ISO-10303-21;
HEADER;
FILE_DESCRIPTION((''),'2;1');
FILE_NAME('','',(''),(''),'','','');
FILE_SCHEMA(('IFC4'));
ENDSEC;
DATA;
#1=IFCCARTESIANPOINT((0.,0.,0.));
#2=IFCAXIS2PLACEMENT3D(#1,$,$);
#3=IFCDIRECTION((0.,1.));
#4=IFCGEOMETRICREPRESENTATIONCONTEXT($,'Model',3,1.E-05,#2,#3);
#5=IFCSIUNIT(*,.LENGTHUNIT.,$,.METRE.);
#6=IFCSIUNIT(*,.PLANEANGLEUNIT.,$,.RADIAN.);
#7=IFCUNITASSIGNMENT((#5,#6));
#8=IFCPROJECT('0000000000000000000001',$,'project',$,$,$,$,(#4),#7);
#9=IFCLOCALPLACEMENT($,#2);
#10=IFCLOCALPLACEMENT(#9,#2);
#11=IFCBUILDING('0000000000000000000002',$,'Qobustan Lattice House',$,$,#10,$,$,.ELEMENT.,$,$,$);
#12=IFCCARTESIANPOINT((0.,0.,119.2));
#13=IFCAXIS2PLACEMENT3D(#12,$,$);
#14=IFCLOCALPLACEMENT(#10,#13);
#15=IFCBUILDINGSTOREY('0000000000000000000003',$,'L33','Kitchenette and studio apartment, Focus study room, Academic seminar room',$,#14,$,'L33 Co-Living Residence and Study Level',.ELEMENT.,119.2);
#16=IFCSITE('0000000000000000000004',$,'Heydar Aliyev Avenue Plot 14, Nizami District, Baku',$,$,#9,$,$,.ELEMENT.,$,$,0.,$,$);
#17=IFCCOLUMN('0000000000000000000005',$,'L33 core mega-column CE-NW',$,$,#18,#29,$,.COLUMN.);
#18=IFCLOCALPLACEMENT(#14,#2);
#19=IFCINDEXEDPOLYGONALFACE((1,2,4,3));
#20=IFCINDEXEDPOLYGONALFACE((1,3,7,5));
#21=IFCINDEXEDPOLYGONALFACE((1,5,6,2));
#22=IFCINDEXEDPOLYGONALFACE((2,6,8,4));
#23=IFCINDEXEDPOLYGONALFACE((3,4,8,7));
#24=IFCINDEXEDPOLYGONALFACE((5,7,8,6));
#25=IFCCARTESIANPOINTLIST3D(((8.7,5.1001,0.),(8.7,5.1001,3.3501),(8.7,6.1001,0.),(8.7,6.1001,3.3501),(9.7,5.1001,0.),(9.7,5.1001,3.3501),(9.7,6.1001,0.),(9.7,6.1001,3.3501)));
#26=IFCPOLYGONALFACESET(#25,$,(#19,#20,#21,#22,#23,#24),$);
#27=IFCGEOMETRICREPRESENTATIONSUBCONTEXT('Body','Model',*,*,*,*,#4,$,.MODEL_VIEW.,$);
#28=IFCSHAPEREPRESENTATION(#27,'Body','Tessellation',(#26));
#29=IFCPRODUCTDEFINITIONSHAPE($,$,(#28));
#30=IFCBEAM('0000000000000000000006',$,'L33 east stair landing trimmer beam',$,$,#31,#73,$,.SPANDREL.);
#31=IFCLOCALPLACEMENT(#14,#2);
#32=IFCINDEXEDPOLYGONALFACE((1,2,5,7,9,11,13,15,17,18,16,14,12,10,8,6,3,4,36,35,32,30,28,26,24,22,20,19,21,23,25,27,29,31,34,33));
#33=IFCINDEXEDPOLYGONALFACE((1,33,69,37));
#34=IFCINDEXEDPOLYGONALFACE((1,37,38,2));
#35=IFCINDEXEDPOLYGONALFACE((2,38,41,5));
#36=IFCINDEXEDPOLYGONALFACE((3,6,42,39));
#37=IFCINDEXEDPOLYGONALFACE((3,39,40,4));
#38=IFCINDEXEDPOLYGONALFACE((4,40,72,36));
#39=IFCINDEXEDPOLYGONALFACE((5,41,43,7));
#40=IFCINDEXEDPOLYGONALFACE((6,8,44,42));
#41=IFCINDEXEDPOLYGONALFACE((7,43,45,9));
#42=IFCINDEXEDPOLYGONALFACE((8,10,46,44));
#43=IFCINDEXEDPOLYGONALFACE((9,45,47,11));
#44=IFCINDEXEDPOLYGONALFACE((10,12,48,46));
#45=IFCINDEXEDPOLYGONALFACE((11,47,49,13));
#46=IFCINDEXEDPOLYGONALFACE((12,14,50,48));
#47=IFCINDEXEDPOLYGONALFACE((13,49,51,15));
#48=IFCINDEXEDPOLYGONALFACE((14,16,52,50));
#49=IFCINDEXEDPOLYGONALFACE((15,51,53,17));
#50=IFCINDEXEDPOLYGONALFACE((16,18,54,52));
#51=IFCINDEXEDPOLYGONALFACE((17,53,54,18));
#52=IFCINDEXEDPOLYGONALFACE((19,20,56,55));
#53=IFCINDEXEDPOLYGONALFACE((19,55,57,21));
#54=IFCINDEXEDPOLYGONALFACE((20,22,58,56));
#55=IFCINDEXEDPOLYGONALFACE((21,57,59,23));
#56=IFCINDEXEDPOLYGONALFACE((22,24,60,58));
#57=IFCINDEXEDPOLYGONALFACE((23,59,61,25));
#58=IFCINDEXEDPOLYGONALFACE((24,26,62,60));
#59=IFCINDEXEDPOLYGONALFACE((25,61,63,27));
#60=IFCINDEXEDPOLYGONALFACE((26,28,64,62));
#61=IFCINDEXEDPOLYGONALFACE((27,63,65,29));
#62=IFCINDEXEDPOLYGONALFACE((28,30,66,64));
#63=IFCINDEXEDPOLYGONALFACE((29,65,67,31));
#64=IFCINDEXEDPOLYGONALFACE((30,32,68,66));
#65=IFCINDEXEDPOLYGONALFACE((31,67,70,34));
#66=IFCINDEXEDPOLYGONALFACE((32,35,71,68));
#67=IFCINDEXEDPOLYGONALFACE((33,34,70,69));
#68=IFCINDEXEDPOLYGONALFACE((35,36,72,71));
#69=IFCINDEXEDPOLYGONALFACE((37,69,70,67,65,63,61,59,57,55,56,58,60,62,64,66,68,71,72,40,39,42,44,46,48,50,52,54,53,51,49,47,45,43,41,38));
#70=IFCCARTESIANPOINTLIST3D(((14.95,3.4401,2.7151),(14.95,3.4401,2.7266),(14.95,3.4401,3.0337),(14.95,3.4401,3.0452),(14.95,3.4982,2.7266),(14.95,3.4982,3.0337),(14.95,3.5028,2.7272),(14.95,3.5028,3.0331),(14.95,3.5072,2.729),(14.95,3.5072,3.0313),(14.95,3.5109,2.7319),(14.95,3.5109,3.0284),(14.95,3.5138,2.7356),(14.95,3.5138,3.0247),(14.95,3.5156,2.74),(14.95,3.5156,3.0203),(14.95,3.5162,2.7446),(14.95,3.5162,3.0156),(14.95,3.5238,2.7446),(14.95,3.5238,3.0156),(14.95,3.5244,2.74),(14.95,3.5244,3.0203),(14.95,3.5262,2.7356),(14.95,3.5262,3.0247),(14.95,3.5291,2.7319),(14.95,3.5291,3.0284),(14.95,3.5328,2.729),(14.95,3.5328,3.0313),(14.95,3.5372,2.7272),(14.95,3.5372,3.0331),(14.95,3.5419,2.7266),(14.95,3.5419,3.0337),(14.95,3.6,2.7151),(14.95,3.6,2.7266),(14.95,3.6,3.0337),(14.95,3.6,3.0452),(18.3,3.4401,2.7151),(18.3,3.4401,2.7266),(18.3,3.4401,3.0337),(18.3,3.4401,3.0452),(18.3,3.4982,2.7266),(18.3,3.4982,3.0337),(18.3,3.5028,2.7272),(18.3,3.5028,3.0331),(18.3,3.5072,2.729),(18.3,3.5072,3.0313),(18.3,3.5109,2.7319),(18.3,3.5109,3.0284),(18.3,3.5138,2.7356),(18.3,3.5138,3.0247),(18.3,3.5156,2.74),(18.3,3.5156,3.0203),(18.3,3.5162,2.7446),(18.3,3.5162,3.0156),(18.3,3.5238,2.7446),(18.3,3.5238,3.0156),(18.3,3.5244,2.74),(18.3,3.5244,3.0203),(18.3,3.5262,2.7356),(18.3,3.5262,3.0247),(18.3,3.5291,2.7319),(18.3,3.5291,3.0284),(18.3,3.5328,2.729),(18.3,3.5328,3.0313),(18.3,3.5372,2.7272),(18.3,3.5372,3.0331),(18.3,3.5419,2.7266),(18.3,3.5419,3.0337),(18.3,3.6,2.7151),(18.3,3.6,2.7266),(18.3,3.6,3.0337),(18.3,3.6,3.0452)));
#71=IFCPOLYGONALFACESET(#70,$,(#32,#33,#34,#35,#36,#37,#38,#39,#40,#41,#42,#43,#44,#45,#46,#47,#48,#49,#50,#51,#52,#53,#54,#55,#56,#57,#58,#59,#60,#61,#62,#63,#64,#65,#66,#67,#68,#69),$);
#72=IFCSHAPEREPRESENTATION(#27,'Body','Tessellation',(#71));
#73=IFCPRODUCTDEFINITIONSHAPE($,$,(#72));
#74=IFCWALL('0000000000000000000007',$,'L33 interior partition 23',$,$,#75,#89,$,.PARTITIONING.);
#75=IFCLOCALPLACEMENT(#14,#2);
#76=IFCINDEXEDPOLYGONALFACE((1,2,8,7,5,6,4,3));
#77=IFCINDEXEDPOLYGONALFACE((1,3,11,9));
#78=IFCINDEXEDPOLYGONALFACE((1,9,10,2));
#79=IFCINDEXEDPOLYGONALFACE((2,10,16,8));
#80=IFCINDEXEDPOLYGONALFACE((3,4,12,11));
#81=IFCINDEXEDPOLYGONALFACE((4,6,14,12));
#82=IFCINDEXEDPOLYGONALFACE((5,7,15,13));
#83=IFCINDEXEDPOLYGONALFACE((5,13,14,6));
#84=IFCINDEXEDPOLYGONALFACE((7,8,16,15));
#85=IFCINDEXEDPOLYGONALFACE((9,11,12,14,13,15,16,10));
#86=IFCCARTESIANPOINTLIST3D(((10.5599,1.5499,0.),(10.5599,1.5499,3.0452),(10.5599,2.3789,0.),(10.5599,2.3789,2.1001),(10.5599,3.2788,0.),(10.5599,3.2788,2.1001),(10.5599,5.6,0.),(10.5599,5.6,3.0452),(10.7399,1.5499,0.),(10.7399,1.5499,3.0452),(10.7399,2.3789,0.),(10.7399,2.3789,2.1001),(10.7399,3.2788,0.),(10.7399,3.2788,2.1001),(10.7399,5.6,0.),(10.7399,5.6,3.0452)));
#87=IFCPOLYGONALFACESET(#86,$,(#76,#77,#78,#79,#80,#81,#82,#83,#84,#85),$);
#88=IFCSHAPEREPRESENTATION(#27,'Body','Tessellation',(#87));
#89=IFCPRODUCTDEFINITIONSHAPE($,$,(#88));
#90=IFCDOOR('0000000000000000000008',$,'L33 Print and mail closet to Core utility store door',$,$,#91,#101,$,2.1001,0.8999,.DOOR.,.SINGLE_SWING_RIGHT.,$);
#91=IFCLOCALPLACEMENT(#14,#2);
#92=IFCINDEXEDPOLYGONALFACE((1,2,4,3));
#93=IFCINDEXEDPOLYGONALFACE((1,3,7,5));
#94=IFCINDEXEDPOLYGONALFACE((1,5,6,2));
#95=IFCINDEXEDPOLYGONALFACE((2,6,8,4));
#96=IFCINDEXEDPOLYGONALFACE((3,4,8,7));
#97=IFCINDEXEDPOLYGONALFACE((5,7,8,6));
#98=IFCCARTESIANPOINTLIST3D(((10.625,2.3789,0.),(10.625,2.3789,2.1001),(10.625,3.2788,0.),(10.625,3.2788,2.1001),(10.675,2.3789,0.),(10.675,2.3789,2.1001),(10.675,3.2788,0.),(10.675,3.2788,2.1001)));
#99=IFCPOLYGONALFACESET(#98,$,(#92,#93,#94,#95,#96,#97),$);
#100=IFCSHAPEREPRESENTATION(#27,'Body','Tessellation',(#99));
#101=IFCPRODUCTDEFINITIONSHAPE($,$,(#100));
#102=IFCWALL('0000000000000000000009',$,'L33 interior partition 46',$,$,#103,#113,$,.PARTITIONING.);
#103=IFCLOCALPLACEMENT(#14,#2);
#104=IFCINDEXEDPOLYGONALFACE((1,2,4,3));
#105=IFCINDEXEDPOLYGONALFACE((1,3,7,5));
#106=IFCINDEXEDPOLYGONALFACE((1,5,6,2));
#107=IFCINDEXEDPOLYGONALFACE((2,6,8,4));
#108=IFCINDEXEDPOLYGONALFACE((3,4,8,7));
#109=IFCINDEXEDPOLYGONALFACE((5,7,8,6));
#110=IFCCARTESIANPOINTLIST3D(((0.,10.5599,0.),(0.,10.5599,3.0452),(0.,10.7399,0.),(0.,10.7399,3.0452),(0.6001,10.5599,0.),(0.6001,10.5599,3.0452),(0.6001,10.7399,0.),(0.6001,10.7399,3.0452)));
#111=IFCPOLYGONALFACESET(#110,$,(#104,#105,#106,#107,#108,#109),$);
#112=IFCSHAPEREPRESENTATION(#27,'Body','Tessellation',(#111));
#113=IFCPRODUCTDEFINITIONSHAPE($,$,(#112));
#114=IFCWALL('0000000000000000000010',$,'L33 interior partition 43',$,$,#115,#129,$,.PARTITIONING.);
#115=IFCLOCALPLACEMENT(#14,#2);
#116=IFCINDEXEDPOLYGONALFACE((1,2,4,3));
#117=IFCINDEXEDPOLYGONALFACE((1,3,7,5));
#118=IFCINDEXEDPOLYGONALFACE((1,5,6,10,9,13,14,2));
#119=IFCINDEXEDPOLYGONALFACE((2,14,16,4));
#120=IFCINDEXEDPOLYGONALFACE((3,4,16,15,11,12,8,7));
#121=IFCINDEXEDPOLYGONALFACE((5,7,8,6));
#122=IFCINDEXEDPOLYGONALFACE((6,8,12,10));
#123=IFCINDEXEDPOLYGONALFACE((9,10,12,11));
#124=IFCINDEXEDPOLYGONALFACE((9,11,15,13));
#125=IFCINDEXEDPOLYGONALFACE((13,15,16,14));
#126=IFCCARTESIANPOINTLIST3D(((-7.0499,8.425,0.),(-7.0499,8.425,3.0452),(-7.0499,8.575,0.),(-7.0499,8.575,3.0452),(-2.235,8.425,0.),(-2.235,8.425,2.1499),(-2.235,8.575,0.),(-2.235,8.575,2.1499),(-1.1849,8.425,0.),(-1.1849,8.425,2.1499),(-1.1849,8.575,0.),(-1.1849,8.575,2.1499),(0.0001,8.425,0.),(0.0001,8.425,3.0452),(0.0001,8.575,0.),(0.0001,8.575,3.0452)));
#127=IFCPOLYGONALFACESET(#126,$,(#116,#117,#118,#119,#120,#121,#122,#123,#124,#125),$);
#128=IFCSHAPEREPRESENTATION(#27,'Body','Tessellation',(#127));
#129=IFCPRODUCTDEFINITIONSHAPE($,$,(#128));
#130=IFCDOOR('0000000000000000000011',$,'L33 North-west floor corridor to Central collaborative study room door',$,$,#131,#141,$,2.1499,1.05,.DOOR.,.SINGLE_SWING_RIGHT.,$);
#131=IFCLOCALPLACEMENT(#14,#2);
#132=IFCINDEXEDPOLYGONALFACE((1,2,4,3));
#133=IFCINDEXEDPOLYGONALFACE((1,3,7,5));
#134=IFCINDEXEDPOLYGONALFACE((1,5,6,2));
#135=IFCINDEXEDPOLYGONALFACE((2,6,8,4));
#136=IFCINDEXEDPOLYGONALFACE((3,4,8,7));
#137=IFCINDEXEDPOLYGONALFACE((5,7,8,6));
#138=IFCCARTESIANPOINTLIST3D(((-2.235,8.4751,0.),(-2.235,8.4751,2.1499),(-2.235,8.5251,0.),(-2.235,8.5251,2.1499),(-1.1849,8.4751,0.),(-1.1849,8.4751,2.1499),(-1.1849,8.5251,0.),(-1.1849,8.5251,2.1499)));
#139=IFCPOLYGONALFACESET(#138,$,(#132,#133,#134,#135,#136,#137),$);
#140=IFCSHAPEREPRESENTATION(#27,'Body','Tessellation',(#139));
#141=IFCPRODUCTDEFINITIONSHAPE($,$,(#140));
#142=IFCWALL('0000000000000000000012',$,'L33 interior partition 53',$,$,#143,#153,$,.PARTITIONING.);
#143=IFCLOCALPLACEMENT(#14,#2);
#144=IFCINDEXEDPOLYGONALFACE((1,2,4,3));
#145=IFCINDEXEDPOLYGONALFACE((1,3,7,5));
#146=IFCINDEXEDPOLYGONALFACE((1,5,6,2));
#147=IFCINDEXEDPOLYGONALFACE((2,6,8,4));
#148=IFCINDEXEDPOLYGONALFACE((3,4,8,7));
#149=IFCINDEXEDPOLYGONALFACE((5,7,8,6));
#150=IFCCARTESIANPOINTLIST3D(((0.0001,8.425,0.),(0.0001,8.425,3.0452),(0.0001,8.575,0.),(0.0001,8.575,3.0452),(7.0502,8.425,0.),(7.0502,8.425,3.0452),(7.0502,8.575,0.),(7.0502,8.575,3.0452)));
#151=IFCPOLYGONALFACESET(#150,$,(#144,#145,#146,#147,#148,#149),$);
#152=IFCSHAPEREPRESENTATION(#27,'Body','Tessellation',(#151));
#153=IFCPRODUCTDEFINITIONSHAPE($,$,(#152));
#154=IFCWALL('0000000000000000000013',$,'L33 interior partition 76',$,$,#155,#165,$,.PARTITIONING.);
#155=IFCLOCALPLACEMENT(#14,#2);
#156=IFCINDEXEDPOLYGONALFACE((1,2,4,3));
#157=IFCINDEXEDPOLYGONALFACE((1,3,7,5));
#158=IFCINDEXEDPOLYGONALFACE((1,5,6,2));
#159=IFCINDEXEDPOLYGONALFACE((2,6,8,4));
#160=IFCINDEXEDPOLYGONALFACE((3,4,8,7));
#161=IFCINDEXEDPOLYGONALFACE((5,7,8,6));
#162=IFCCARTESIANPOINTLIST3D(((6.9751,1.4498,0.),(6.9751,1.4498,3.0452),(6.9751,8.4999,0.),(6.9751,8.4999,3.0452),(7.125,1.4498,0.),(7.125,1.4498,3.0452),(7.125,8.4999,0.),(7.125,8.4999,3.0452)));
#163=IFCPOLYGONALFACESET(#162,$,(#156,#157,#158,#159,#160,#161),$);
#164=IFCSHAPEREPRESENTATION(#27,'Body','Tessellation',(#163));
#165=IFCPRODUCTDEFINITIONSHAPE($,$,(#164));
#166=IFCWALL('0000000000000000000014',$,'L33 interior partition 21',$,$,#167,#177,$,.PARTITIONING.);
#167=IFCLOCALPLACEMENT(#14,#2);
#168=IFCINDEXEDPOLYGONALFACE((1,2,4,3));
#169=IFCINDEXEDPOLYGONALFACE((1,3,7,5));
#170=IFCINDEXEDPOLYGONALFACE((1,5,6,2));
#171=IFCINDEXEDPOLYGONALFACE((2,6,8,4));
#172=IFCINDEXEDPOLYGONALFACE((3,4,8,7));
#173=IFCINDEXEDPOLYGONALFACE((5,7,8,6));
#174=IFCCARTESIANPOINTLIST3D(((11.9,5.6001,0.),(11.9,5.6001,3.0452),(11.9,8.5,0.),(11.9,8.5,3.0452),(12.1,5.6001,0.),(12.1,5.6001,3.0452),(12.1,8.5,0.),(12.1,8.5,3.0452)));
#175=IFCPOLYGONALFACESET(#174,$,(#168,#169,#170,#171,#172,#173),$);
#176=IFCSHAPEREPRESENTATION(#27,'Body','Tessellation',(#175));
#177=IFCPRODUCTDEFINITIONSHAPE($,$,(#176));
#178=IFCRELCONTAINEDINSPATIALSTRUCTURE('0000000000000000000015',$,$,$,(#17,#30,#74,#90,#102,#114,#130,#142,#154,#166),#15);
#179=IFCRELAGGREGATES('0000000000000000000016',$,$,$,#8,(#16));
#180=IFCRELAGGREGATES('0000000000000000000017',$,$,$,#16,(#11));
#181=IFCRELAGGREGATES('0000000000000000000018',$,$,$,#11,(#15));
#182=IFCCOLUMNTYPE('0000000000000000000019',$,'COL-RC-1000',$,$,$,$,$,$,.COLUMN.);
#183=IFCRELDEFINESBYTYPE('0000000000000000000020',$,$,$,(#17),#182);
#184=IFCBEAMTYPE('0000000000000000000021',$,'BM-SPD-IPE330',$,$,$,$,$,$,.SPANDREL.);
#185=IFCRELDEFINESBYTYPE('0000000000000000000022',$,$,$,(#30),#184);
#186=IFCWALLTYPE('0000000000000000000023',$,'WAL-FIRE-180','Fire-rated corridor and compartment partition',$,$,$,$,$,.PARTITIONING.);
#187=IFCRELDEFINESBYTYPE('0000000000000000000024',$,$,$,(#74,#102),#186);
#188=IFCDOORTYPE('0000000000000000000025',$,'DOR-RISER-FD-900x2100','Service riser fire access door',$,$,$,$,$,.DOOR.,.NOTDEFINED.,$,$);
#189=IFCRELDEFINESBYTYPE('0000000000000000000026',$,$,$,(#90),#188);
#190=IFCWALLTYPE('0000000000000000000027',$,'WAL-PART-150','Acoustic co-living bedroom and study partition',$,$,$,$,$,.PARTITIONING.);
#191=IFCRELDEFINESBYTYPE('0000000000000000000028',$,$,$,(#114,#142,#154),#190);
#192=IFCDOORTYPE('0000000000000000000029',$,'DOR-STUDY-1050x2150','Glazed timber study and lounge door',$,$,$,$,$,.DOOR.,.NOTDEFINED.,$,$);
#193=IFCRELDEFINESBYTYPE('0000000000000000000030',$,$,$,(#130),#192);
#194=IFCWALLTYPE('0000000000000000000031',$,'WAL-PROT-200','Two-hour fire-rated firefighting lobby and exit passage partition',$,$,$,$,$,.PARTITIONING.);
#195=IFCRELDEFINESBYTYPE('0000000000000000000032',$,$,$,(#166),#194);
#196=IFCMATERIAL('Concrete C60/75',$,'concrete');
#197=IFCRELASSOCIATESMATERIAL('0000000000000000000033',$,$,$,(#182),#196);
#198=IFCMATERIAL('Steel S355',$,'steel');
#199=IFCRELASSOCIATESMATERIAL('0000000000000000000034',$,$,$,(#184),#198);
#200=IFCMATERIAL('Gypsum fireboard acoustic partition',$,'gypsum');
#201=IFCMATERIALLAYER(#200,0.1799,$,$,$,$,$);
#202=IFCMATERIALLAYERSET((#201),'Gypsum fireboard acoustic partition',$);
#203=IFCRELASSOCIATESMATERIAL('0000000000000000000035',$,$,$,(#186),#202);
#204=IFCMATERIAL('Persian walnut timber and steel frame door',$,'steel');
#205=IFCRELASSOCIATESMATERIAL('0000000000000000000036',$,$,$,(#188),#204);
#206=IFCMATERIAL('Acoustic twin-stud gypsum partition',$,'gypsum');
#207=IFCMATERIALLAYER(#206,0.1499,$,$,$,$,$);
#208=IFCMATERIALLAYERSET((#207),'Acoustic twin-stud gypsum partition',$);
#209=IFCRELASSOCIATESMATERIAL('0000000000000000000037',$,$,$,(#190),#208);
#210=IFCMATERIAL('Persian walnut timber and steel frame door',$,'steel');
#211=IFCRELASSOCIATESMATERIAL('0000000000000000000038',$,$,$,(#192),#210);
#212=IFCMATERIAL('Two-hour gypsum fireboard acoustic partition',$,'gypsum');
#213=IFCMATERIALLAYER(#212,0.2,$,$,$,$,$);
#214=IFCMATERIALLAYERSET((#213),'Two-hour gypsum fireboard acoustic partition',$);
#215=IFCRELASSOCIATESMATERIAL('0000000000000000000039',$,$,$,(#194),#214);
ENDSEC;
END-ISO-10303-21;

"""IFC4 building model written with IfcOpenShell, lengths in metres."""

from ifc_helpers import new_model, si_unit, direction, frame, frame_2d, origin, origin_2d, place, context, subcontext, project, spatial, rectangle, i_section, extrude, material, layer, layer_set, material_profile, profile_set, type_object, element, fill, save


model = new_model("IFC4")

# Units and contexts
model_context = context("Model", 3, precision=1e-05, world=origin(), true_north=direction((0.0, 1.0)))
body_context = subcontext(model_context, "Body", "Model", "MODEL_VIEW")
ifc_project = project(units=[si_unit("LENGTHUNIT", "METRE"), si_unit("PLANEANGLEUNIT", "RADIAN")], contexts=[model_context])

# Site, building, storey
site_placement = place(None, origin())
site = spatial("IfcSite", under=ifc_project, at=site_placement, Name="Heydar Aliyev Avenue Plot 14, Nizami District, Baku", CompositionType="ELEMENT", RefElevation=0.0)
building_placement = place(site_placement, origin())
building = spatial("IfcBuilding", under=site, at=building_placement, Name="Qobustan Lattice House", CompositionType="ELEMENT")
storey_placement = place(building_placement, frame((0.0, 0.0, 119.2)))
storey = spatial("IfcBuildingStorey", under=building, at=storey_placement, Name="L33", Description="Kitchenette and studio apartment, Focus study room, Academic seminar room", LongName="L33 Co-Living Residence and Study Level", CompositionType="ELEMENT", Elevation=119.2)

# Column
ifc_material_1 = material(Name="Concrete C60/75", Category="concrete")
ifc_material_profile_1 = material_profile(ifc_material_1, rectangle(XDim=1.0, YDim=1.0, at=origin_2d()), Name="RC1000x1000")
ifc_profile_set_1 = profile_set([ifc_material_profile_1], Name="Concrete C60/75")
column_type = type_object("IfcColumnType", Name="COL-RC-1000", PredefinedType="COLUMN", material=ifc_profile_set_1)
column_placement = place(storey_placement, frame((9.2, 5.6001, 0.0), z_axis=(0.0, 0.0, 1.0), x_axis=(1.0, 0.0, 0.0)))
element("IfcColumn", 1, at=column_placement, inside=storey, type_object=column_type, Name="L33 core mega-column CE-NW", PredefinedType="COLUMN", context=body_context, shape_type="SweptSolid", body=[
    extrude(rectangle(XDim=1.0, YDim=1.0, at=origin_2d()), origin(), (0.0, 0.0, 1.0), 3.3501),
])

# Beam
ifc_material_2 = material(Name="Steel S355", Category="steel")
ifc_material_profile_2 = material_profile(ifc_material_2, i_section(OverallWidth=0.1599, OverallDepth=0.3301, WebThickness=0.0076, FlangeThickness=0.0115, FilletRadius=0.0181, at=origin_2d()), Name="IPE330")
ifc_profile_set_2 = profile_set([ifc_material_profile_2], Name="Steel S355")
beam_type = type_object("IfcBeamType", Name="BM-SPD-IPE330", PredefinedType="SPANDREL", material=ifc_profile_set_2)
beam_placement = place(storey_placement, frame((14.95, 3.52, 2.8801), z_axis=(1.0, 0.0, 0.0), x_axis=(0.0, 1.0, 0.0)))
element("IfcBeam", 2, at=beam_placement, inside=storey, type_object=beam_type, Name="L33 east stair landing trimmer beam", PredefinedType="SPANDREL", context=body_context, shape_type="SweptSolid", body=[
    extrude(i_section(OverallWidth=0.1599, OverallDepth=0.3301, WebThickness=0.0076, FlangeThickness=0.0115, FilletRadius=0.0181, at=origin_2d()), origin(), (0.0, 0.0, 1.0), 3.3501),
])

# Wall, opening, door
ifc_material_3 = material(Name="Gypsum fireboard acoustic partition", Category="gypsum")
ifc_layer_1 = layer(ifc_material_3, 0.1799)
ifc_layer_set_1 = layer_set([ifc_layer_1], Name="Gypsum fireboard acoustic partition")
wall_type_1 = type_object("IfcWallType", Name="WAL-FIRE-180", Description="Fire-rated corridor and compartment partition", PredefinedType="PARTITIONING", material=ifc_layer_set_1)
wall_1_placement = place(storey_placement, frame((10.6499, 1.55, 0.0), z_axis=(0.0, 0.0, 1.0), x_axis=(0.0, 1.0, 0.0)))
wall_1 = element("IfcWall", 3, at=wall_1_placement, inside=storey, type_object=wall_type_1, Name="L33 interior partition 23", PredefinedType="PARTITIONING", context=body_context, shape_type="SweptSolid", body=[
    extrude(rectangle(XDim=4.05, YDim=0.1799, at=frame_2d((2.0249, 0.0))), origin(), (0.0, 0.0, 1.0), 3.0452),
])
opening_1_placement = place(wall_1_placement, frame((0.8289, 0.0, 0.0)))
opening_1 = element("IfcOpeningElement", 4, at=opening_1_placement, cuts=wall_1, PredefinedType="OPENING", context=body_context, shape_type="SweptSolid", body=[
    extrude(rectangle(XDim=0.8999, YDim=2.1001, at=frame_2d((0.45, 1.05))), frame((0.0, 0.0999, 0.0), z_axis=(0.0, -1.0, 0.0), x_axis=(1.0, 0.0, 0.0)), (0.0, 0.0, 1.0), 0.2),
])
ifc_material_4 = material(Name="Persian walnut timber and steel frame door", Category="steel")
door_type_1 = type_object("IfcDoorType", Name="DOR-RISER-FD-900x2100", Description="Service riser fire access door", OperationType="NOTDEFINED", PredefinedType="DOOR", material=ifc_material_4)
door_1_placement = place(opening_1_placement, origin())
door_1 = element("IfcDoor", 5, at=door_1_placement, inside=storey, type_object=door_type_1, Name="L33 Print and mail closet to Core utility store door", OperationType="SINGLE_SWING_RIGHT", OverallHeight=2.1001, OverallWidth=0.8999, PredefinedType="DOOR", context=body_context, shape_type="SweptSolid", body=[
    extrude(rectangle(XDim=0.8999, YDim=2.1001, at=frame_2d((0.45, 1.05))), frame((0.0, 0.0249, 0.0), z_axis=(0.0, -1.0, 0.0), x_axis=(1.0, 0.0, 0.0)), (0.0, 0.0, 1.0), 0.05),
])
fill(opening_1, door_1)

# Wall
wall_2_placement = place(storey_placement, frame((0.0, 10.6499, 0.0), z_axis=(0.0, 0.0, 1.0), x_axis=(1.0, 0.0, 0.0)))
element("IfcWall", 6, at=wall_2_placement, inside=storey, type_object=wall_type_1, Name="L33 interior partition 46", PredefinedType="PARTITIONING", context=body_context, shape_type="SweptSolid", body=[
    extrude(rectangle(XDim=0.6001, YDim=0.1799, at=frame_2d((0.3, 0.0))), origin(), (0.0, 0.0, 1.0), 3.0452),
])

# Wall, opening, door
ifc_material_5 = material(Name="Acoustic twin-stud gypsum partition", Category="gypsum")
ifc_layer_2 = layer(ifc_material_5, 0.1499)
ifc_layer_set_2 = layer_set([ifc_layer_2], Name="Acoustic twin-stud gypsum partition")
wall_type_2 = type_object("IfcWallType", Name="WAL-PART-150", Description="Acoustic co-living bedroom and study partition", PredefinedType="PARTITIONING", material=ifc_layer_set_2)
wall_3_placement = place(storey_placement, frame((0.0, 8.5, 0.0), z_axis=(0.0, 0.0, 1.0), x_axis=(-1.0, 0.0, 0.0)))
wall_3 = element("IfcWall", 7, at=wall_3_placement, inside=storey, type_object=wall_type_2, Name="L33 interior partition 43", PredefinedType="PARTITIONING", context=body_context, shape_type="SweptSolid", body=[
    extrude(rectangle(XDim=7.05, YDim=0.1499, at=frame_2d((3.5249, 0.0))), origin(), (0.0, 0.0, 1.0), 3.0452),
])
opening_2_placement = place(wall_3_placement, frame((1.1851, 0.0, 0.0)))
opening_2 = element("IfcOpeningElement", 8, at=opening_2_placement, cuts=wall_3, PredefinedType="OPENING", context=body_context, shape_type="SweptSolid", body=[
    extrude(rectangle(XDim=1.05, YDim=2.1499, at=frame_2d((0.5249, 1.075))), frame((0.0, 0.085, 0.0), z_axis=(0.0, -1.0, 0.0), x_axis=(1.0, 0.0, 0.0)), (0.0, 0.0, 1.0), 0.1699),
])
ifc_material_6 = material(Name="Persian walnut timber and steel frame door", Category="steel")
door_type_2 = type_object("IfcDoorType", Name="DOR-STUDY-1050x2150", Description="Glazed timber study and lounge door", OperationType="NOTDEFINED", PredefinedType="DOOR", material=ifc_material_6)
door_2_placement = place(opening_2_placement, origin())
door_2 = element("IfcDoor", 9, at=door_2_placement, inside=storey, type_object=door_type_2, Name="L33 North-west floor corridor to Central collaborative study room door", OperationType="SINGLE_SWING_RIGHT", OverallHeight=2.1499, OverallWidth=1.05, PredefinedType="DOOR", context=body_context, shape_type="SweptSolid", body=[
    extrude(rectangle(XDim=1.05, YDim=2.1499, at=frame_2d((0.5249, 1.075))), frame((0.0, 0.0249, 0.0), z_axis=(0.0, -1.0, 0.0), x_axis=(1.0, 0.0, 0.0)), (0.0, 0.0, 1.0), 0.05),
])
fill(opening_2, door_2)

# Walls
for number, where, z_axis, x_axis, name in (
    (10, (7.05, 8.5, 0.0), (0.0, 0.0, 1.0), (-1.0, 0.0, 0.0), "L33 interior partition 53"),
    (11, (7.05, 1.45, 0.0), (0.0, 0.0, 1.0), (0.0, 1.0, 0.0), "L33 interior partition 76"),
):
    element("IfcWall", number, at=place(storey_placement, frame(where, z_axis=z_axis, x_axis=x_axis)), inside=storey, type_object=wall_type_2, Name=name, PredefinedType="PARTITIONING", context=body_context, shape_type="SweptSolid", body=[
        extrude(rectangle(XDim=7.05, YDim=0.1499, at=frame_2d((3.5249, 0.0))), origin(), (0.0, 0.0, 1.0), 3.0452),
    ])
ifc_material_7 = material(Name="Two-hour gypsum fireboard acoustic partition", Category="gypsum")
ifc_layer_3 = layer(ifc_material_7, 0.2)
ifc_layer_set_3 = layer_set([ifc_layer_3], Name="Two-hour gypsum fireboard acoustic partition")
wall_type_3 = type_object("IfcWallType", Name="WAL-PROT-200", Description="Two-hour fire-rated firefighting lobby and exit passage partition", PredefinedType="PARTITIONING", material=ifc_layer_set_3)
wall_4_placement = place(storey_placement, frame((12.0, 8.5, 0.0), z_axis=(0.0, 0.0, 1.0), x_axis=(0.0, -1.0, 0.0)))
element("IfcWall", 12, at=wall_4_placement, inside=storey, type_object=wall_type_3, Name="L33 interior partition 21", PredefinedType="PARTITIONING", context=body_context, shape_type="SweptSolid", body=[
    extrude(rectangle(XDim=2.8999, YDim=0.2, at=frame_2d((1.45, 0.0))), origin(), (0.0, 0.0, 1.0), 3.0452),
])

save(model, "model.ifc")
